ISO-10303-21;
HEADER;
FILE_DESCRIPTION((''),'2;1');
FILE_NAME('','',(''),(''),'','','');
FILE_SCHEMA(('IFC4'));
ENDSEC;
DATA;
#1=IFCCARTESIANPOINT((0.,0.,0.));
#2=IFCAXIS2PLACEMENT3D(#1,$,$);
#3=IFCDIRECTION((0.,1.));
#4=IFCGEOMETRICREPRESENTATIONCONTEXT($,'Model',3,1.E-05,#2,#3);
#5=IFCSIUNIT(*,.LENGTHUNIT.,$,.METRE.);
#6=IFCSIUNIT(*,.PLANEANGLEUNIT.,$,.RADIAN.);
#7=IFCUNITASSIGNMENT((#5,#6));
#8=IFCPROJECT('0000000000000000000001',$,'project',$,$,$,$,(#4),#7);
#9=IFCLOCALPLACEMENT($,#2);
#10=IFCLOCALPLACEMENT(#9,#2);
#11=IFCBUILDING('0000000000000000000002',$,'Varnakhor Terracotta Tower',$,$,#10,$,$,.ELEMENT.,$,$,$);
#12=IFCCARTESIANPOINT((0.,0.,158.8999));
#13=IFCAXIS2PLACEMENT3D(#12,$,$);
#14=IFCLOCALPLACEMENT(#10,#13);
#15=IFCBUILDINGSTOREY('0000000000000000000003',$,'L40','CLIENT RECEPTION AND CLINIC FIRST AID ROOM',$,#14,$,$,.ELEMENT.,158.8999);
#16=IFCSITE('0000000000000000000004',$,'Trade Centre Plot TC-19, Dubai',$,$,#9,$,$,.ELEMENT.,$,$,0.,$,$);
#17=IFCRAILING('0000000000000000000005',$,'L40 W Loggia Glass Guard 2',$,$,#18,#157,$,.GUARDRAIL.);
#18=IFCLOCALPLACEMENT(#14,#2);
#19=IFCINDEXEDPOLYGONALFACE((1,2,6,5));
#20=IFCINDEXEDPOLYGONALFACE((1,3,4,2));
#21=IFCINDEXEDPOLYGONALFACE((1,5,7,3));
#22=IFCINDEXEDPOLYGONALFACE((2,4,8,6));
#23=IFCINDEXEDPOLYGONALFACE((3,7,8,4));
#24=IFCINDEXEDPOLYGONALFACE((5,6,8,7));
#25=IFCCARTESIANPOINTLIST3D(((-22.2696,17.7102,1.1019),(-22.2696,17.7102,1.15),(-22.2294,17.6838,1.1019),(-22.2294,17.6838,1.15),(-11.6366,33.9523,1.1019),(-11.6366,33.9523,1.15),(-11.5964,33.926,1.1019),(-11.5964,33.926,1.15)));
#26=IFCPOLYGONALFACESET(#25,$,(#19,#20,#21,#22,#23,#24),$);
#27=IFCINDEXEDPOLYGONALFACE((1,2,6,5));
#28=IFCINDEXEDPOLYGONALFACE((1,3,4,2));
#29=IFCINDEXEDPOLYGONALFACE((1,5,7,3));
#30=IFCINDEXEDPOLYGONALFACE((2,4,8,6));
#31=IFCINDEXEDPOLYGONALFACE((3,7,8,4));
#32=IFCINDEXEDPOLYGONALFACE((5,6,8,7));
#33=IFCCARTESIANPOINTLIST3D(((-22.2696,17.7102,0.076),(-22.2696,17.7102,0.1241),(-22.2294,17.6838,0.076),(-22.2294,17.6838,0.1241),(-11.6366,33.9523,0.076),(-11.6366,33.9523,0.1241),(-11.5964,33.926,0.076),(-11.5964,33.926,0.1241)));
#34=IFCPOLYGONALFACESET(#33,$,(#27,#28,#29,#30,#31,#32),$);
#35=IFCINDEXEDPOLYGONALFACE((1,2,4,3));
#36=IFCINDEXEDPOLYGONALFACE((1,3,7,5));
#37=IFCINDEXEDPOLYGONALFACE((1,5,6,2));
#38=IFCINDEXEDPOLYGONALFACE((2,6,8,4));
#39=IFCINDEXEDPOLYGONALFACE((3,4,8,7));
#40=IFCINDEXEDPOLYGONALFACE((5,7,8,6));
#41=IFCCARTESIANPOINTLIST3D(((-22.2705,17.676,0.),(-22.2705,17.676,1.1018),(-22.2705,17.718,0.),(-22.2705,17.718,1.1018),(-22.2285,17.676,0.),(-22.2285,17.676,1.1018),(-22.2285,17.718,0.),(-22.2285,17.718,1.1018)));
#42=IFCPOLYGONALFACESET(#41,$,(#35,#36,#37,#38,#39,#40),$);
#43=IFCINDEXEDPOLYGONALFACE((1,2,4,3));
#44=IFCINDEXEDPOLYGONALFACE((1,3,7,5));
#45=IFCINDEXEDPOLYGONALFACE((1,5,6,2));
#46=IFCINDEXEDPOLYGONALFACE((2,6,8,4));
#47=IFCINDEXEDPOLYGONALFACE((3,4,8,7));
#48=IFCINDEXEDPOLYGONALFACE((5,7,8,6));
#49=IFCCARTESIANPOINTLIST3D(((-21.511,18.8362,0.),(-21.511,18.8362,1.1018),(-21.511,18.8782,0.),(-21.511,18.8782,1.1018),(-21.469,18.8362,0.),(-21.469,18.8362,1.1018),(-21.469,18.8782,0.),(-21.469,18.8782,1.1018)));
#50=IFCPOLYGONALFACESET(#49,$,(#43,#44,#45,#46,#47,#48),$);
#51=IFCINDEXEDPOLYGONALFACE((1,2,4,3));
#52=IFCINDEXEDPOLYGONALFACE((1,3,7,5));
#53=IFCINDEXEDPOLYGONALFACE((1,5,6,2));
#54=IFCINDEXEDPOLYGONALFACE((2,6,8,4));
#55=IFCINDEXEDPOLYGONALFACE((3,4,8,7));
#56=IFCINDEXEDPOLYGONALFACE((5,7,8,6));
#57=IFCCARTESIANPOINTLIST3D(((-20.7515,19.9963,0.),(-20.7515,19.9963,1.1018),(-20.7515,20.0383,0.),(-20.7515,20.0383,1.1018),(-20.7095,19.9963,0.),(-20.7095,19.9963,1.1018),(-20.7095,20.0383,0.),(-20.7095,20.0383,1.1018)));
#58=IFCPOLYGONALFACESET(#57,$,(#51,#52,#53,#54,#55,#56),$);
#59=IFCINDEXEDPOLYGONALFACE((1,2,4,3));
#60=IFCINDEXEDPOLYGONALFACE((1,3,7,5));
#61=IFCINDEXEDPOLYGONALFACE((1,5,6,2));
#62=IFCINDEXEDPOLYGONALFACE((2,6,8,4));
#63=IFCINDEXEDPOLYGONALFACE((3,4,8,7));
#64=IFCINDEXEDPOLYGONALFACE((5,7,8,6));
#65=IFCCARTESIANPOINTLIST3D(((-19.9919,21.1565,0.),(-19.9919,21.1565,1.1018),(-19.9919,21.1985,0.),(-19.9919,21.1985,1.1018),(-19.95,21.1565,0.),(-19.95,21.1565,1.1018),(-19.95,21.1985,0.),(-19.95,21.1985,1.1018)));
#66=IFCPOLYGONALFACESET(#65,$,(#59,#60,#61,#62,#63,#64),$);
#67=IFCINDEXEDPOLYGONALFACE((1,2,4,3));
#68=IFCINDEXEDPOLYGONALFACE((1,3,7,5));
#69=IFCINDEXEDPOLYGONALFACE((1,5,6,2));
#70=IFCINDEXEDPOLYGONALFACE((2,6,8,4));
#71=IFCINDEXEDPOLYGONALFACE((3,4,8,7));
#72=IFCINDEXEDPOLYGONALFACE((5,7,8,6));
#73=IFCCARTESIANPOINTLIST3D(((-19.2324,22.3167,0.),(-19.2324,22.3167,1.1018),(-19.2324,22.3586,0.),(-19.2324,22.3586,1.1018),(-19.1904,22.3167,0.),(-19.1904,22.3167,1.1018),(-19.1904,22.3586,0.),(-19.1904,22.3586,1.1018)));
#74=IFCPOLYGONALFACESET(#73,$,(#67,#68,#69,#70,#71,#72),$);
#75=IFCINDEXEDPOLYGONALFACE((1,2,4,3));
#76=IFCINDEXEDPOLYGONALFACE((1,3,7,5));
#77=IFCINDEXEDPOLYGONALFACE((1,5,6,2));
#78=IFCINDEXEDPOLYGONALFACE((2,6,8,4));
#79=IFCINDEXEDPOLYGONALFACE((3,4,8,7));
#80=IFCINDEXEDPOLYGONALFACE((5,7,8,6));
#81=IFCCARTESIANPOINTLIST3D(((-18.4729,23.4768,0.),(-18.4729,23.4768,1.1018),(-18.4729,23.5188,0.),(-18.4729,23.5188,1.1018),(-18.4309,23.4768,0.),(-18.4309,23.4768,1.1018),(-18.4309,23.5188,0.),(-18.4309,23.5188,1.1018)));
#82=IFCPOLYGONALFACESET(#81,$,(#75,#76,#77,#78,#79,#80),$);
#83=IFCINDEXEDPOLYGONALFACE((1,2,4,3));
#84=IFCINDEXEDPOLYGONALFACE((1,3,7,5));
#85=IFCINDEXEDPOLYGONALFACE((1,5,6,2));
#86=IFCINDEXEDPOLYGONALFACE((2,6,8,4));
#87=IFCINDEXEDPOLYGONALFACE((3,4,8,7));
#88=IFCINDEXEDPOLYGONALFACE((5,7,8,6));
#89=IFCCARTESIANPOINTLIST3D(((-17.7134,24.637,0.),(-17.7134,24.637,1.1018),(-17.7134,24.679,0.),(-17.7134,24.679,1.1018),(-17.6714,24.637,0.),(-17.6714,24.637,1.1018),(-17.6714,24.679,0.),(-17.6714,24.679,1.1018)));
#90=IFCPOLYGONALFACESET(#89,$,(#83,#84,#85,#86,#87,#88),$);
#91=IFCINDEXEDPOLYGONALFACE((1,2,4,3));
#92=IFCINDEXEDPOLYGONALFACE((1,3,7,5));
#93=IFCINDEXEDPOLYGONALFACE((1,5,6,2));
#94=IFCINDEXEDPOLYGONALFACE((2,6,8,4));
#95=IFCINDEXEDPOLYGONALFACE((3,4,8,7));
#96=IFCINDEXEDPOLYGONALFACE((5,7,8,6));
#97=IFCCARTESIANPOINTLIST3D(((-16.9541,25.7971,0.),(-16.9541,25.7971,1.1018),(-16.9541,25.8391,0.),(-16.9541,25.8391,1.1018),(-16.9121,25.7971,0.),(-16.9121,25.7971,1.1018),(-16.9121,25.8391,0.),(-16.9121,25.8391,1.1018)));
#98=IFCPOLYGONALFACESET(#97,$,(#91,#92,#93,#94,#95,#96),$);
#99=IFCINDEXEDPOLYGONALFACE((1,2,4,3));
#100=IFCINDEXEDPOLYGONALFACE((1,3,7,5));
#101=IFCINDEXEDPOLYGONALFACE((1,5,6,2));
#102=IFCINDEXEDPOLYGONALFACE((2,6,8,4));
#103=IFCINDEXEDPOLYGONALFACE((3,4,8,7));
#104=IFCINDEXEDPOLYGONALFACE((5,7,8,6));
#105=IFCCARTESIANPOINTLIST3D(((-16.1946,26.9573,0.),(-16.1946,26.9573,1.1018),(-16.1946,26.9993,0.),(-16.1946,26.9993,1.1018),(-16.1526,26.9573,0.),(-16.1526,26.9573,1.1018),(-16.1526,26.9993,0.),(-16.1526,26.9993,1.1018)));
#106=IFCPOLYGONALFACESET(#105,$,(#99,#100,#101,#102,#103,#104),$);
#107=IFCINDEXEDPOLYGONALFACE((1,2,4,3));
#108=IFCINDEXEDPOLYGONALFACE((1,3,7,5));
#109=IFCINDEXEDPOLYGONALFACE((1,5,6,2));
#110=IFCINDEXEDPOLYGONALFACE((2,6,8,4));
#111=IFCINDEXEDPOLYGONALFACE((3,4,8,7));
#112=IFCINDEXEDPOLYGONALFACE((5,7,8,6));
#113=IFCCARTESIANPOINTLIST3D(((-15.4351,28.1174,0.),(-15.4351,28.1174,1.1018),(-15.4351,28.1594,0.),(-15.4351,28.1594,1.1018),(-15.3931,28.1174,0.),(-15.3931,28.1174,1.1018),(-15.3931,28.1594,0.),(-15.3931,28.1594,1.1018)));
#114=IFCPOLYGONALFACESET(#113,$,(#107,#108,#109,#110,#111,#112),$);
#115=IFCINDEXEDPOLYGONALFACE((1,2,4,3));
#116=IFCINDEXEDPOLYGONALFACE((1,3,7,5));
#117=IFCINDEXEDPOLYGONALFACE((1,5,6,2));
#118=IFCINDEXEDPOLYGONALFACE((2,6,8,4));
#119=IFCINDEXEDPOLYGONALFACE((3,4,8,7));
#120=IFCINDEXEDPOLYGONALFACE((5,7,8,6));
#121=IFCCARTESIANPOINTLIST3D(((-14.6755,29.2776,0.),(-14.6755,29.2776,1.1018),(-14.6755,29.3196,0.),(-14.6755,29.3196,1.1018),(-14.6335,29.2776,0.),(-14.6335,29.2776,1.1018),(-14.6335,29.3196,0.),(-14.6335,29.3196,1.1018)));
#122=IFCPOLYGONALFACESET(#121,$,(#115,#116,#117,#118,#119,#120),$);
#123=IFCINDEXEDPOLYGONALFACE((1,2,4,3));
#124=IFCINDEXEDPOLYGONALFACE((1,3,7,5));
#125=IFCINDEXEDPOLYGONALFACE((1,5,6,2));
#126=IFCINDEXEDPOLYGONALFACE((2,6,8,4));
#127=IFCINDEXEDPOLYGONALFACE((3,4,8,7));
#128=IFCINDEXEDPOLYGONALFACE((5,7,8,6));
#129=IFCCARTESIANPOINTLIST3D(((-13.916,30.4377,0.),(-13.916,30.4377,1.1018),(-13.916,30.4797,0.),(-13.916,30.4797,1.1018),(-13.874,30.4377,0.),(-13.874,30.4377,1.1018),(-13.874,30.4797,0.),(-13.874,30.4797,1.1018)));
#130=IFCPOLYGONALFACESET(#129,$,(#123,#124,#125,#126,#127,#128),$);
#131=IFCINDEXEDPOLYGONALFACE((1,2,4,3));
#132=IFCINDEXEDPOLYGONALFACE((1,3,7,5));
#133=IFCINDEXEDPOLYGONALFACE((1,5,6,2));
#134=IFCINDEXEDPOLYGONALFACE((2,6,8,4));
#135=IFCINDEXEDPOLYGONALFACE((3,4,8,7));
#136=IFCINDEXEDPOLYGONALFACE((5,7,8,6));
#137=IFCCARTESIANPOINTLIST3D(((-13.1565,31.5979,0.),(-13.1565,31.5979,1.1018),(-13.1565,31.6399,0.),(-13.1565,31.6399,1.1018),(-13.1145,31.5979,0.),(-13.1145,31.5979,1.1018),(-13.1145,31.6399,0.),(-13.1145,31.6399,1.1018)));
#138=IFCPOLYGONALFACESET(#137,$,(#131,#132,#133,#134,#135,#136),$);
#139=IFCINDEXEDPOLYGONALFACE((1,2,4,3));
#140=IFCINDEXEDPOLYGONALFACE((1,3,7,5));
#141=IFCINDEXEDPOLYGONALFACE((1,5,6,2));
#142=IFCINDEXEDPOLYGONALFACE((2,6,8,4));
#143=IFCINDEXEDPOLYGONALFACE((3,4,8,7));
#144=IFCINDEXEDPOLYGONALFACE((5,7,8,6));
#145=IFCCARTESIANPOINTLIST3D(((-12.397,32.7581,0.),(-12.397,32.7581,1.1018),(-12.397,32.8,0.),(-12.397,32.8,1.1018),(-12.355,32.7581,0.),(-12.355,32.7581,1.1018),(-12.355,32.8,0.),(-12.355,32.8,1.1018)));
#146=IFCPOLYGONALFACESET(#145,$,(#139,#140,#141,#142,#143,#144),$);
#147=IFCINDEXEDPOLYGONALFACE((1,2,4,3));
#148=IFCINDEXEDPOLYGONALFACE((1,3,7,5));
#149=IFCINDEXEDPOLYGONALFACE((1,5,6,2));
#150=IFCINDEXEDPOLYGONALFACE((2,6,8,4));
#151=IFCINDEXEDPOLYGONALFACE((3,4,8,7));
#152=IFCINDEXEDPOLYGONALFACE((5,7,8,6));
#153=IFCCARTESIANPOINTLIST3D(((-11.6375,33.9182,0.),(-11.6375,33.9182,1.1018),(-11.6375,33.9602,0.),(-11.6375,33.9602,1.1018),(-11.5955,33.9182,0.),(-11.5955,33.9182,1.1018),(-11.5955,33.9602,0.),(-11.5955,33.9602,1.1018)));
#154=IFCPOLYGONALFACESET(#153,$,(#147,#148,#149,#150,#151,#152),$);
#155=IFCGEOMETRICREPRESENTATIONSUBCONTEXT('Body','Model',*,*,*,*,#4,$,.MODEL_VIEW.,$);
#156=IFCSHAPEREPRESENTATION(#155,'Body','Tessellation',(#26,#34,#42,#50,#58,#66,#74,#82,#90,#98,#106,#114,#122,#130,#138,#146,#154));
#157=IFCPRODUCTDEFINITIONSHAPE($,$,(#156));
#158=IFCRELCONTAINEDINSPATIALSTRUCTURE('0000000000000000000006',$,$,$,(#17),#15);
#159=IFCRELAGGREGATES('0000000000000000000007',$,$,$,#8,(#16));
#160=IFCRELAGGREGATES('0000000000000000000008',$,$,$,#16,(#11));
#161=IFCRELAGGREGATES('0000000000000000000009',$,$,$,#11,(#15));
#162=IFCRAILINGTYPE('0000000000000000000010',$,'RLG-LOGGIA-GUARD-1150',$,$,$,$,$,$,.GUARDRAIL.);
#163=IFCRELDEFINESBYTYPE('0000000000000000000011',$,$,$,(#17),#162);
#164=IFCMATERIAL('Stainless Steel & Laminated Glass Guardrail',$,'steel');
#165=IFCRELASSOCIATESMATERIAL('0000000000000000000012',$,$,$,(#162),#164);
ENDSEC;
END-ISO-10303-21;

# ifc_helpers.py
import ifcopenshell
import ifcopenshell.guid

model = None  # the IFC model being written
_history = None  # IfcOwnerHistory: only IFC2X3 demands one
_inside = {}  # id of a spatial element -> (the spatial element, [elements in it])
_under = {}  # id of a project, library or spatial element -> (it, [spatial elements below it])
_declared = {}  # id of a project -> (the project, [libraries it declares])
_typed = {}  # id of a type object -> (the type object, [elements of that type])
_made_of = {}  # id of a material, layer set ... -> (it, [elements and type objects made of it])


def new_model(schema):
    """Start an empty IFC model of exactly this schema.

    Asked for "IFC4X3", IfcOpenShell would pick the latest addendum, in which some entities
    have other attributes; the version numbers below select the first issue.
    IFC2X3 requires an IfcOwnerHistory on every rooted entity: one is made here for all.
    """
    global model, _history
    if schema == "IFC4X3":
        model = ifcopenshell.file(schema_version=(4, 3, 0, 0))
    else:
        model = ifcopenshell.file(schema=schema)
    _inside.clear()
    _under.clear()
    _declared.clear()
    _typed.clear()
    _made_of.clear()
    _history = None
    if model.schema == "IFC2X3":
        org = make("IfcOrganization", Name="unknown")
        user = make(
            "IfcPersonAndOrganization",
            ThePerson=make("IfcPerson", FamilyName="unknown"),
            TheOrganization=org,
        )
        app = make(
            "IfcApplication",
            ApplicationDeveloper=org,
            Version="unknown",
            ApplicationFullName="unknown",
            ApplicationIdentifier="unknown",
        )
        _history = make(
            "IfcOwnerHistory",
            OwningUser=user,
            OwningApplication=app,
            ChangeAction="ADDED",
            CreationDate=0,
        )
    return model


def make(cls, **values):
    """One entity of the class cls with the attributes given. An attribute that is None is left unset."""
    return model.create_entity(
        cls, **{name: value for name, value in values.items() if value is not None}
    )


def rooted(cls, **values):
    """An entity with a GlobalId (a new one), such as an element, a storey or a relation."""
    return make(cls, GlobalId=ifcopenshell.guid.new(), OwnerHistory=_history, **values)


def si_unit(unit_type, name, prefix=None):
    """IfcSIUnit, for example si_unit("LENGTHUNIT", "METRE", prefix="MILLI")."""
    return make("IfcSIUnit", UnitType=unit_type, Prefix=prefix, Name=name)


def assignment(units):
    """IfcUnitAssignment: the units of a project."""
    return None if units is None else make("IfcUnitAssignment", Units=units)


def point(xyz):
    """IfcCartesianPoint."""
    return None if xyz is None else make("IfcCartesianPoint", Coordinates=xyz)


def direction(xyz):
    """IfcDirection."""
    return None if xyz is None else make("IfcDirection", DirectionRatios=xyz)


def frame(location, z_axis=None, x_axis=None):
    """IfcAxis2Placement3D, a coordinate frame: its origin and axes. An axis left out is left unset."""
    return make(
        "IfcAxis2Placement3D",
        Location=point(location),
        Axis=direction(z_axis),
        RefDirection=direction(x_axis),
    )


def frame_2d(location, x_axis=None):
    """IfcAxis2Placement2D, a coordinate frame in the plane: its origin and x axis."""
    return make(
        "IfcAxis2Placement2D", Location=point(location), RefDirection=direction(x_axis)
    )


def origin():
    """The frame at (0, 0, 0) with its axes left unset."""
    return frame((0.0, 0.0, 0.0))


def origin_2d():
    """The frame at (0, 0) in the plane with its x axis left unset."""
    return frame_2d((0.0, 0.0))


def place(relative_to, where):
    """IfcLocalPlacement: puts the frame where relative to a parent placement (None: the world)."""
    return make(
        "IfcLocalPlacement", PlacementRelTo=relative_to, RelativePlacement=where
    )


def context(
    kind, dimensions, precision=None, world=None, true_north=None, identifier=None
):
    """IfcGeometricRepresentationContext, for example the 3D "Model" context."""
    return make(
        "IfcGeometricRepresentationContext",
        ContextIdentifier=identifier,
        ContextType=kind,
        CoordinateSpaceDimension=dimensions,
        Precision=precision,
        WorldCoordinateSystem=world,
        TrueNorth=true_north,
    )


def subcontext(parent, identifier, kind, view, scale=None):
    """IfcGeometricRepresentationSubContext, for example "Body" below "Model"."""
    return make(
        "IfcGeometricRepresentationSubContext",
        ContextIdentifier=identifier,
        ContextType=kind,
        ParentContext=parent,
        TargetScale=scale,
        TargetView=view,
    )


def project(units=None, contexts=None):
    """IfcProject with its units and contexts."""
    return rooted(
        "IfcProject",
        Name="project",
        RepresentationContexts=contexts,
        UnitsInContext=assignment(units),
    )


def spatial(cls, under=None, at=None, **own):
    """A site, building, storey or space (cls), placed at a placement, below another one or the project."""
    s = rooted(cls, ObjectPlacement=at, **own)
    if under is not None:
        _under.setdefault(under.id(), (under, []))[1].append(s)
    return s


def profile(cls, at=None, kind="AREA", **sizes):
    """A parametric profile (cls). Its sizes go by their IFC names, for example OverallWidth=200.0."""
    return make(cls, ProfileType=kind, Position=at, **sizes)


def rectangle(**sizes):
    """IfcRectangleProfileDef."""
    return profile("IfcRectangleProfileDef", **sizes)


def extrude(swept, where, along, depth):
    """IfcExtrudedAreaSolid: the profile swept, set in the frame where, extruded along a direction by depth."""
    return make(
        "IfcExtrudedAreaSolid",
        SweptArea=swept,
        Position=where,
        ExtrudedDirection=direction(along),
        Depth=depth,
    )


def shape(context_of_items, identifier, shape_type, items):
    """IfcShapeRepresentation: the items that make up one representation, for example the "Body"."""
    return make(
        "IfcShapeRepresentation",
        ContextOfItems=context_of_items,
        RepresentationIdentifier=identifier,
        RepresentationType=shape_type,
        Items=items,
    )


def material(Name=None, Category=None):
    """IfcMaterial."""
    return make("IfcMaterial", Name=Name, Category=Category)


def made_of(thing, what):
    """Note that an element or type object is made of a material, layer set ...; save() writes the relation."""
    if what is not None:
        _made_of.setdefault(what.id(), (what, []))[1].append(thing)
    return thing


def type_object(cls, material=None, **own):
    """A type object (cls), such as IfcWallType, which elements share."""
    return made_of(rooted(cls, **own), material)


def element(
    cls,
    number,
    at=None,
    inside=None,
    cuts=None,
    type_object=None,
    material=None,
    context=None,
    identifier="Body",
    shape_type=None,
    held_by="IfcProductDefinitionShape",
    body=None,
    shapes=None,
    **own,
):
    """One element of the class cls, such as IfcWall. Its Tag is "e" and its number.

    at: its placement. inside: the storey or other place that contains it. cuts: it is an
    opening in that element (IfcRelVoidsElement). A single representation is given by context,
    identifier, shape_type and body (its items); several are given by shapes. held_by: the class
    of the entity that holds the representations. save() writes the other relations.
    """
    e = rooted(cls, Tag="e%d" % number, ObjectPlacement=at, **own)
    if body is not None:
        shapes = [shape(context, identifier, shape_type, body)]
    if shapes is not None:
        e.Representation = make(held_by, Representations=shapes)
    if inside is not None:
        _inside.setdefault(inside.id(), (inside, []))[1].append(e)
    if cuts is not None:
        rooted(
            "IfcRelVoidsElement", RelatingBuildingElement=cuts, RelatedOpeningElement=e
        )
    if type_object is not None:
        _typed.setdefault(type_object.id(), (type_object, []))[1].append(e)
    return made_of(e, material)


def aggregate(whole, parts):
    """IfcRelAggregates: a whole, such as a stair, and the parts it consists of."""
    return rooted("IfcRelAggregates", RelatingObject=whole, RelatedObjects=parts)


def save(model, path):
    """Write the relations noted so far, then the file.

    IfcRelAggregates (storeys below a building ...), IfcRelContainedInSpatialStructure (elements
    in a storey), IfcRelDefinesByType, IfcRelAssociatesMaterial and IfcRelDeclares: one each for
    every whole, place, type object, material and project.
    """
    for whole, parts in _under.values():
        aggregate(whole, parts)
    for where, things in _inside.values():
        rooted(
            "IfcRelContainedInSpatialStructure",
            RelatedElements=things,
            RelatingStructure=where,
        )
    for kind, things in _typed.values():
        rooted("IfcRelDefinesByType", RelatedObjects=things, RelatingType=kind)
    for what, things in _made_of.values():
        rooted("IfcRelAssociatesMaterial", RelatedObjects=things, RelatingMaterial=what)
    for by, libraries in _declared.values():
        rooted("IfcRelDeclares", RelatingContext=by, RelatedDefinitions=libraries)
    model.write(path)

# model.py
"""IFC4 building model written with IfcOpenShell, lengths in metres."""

from ifc_helpers import new_model, si_unit, direction, frame, origin, origin_2d, place, context, subcontext, project, spatial, rectangle, extrude, material, type_object, element, save


model = new_model("IFC4")

# Units and contexts
model_context = context("Model", 3, precision=1e-05, world=origin(), true_north=direction((0.0, 1.0)))
body_context = subcontext(model_context, "Body", "Model", "MODEL_VIEW")
ifc_project = project(units=[si_unit("LENGTHUNIT", "METRE"), si_unit("PLANEANGLEUNIT", "RADIAN")], contexts=[model_context])

# Site, building, storey
site_placement = place(None, origin())
site = spatial("IfcSite", under=ifc_project, at=site_placement, Name="Trade Centre Plot TC-19, Dubai", CompositionType="ELEMENT", RefElevation=0.0)
building_placement = place(site_placement, origin())
building = spatial("IfcBuilding", under=site, at=building_placement, Name="Varnakhor Terracotta Tower", CompositionType="ELEMENT")
storey_placement = place(building_placement, frame((0.0, 0.0, 158.8999)))
storey = spatial("IfcBuildingStorey", under=building, at=storey_placement, Name="L40", Description="CLIENT RECEPTION AND CLINIC FIRST AID ROOM", CompositionType="ELEMENT", Elevation=158.8999)

# Railing
ifc_material_1 = material(Name="Stainless Steel & Laminated Glass Guardrail", Category="steel")
railing_type = type_object("IfcRailingType", Name="RLG-LOGGIA-GUARD-1150", PredefinedType="GUARDRAIL", material=ifc_material_1)
railing_1_placement = place(storey_placement, frame((-22.2495, 17.697, 0.0)))
element("IfcRailing", 1, at=railing_1_placement, inside=storey, type_object=railing_type, Name="L40 W Loggia Glass Guard 2", PredefinedType="GUARDRAIL", context=body_context, shape_type="SweptSolid", body=[
    extrude(rectangle(XDim=0.0481, YDim=0.0481, at=origin_2d()), frame((0.0, 0.0, 1.126), z_axis=(0.547724, 0.836659, 0.0), x_axis=(-0.836659, 0.547724, 0.0)), (0.0, 0.0, 1.0), 19.4131),
    extrude(rectangle(XDim=0.0481, YDim=0.0481, at=origin_2d()), frame((0.0, 0.0, 0.1001), z_axis=(0.547724, 0.836659, 0.0), x_axis=(-0.836659, 0.547724, 0.0)), (0.0, 0.0, 1.0), 19.4131),
    extrude(rectangle(XDim=0.042, YDim=0.042, at=origin_2d()), origin(), (0.0, 0.0, 1.0), 1.1018),
    extrude(rectangle(XDim=0.042, YDim=0.042, at=origin_2d()), frame((0.7595, 1.1602, 0.0)), (0.0, 0.0, 1.0), 1.1018),
    extrude(rectangle(XDim=0.042, YDim=0.042, at=origin_2d()), frame((1.519, 2.3203, 0.0)), (0.0, 0.0, 1.0), 1.1018),
    extrude(rectangle(XDim=0.042, YDim=0.042, at=origin_2d()), frame((2.2786, 3.4805, 0.0)), (0.0, 0.0, 1.0), 1.1018),
    extrude(rectangle(XDim=0.042, YDim=0.042, at=origin_2d()), frame((3.0381, 4.6406, 0.0)), (0.0, 0.0, 1.0), 1.1018),
    extrude(rectangle(XDim=0.042, YDim=0.042, at=origin_2d()), frame((3.7976, 5.8008, 0.0)), (0.0, 0.0, 1.0), 1.1018),
    extrude(rectangle(XDim=0.042, YDim=0.042, at=origin_2d()), frame((4.5571, 6.9609, 0.0)), (0.0, 0.0, 1.0), 1.1018),
    extrude(rectangle(XDim=0.042, YDim=0.042, at=origin_2d()), frame((5.3164, 8.1211, 0.0)), (0.0, 0.0, 1.0), 1.1018),
    extrude(rectangle(XDim=0.042, YDim=0.042, at=origin_2d()), frame((6.0759, 9.2812, 0.0)), (0.0, 0.0, 1.0), 1.1018),
    extrude(rectangle(XDim=0.042, YDim=0.042, at=origin_2d()), frame((6.8354, 10.4414, 0.0)), (0.0, 0.0, 1.0), 1.1018),
    extrude(rectangle(XDim=0.042, YDim=0.042, at=origin_2d()), frame((7.595, 11.6016, 0.0)), (0.0, 0.0, 1.0), 1.1018),
    extrude(rectangle(XDim=0.042, YDim=0.042, at=origin_2d()), frame((8.3545, 12.7617, 0.0)), (0.0, 0.0, 1.0), 1.1018),
    extrude(rectangle(XDim=0.042, YDim=0.042, at=origin_2d()), frame((9.114, 13.9219, 0.0)), (0.0, 0.0, 1.0), 1.1018),
    extrude(rectangle(XDim=0.042, YDim=0.042, at=origin_2d()), frame((9.8735, 15.082, 0.0)), (0.0, 0.0, 1.0), 1.1018),
    extrude(rectangle(XDim=0.042, YDim=0.042, at=origin_2d()), frame((10.6331, 16.2422, 0.0)), (0.0, 0.0, 1.0), 1.1018),
])

save(model, "model.ifc")
